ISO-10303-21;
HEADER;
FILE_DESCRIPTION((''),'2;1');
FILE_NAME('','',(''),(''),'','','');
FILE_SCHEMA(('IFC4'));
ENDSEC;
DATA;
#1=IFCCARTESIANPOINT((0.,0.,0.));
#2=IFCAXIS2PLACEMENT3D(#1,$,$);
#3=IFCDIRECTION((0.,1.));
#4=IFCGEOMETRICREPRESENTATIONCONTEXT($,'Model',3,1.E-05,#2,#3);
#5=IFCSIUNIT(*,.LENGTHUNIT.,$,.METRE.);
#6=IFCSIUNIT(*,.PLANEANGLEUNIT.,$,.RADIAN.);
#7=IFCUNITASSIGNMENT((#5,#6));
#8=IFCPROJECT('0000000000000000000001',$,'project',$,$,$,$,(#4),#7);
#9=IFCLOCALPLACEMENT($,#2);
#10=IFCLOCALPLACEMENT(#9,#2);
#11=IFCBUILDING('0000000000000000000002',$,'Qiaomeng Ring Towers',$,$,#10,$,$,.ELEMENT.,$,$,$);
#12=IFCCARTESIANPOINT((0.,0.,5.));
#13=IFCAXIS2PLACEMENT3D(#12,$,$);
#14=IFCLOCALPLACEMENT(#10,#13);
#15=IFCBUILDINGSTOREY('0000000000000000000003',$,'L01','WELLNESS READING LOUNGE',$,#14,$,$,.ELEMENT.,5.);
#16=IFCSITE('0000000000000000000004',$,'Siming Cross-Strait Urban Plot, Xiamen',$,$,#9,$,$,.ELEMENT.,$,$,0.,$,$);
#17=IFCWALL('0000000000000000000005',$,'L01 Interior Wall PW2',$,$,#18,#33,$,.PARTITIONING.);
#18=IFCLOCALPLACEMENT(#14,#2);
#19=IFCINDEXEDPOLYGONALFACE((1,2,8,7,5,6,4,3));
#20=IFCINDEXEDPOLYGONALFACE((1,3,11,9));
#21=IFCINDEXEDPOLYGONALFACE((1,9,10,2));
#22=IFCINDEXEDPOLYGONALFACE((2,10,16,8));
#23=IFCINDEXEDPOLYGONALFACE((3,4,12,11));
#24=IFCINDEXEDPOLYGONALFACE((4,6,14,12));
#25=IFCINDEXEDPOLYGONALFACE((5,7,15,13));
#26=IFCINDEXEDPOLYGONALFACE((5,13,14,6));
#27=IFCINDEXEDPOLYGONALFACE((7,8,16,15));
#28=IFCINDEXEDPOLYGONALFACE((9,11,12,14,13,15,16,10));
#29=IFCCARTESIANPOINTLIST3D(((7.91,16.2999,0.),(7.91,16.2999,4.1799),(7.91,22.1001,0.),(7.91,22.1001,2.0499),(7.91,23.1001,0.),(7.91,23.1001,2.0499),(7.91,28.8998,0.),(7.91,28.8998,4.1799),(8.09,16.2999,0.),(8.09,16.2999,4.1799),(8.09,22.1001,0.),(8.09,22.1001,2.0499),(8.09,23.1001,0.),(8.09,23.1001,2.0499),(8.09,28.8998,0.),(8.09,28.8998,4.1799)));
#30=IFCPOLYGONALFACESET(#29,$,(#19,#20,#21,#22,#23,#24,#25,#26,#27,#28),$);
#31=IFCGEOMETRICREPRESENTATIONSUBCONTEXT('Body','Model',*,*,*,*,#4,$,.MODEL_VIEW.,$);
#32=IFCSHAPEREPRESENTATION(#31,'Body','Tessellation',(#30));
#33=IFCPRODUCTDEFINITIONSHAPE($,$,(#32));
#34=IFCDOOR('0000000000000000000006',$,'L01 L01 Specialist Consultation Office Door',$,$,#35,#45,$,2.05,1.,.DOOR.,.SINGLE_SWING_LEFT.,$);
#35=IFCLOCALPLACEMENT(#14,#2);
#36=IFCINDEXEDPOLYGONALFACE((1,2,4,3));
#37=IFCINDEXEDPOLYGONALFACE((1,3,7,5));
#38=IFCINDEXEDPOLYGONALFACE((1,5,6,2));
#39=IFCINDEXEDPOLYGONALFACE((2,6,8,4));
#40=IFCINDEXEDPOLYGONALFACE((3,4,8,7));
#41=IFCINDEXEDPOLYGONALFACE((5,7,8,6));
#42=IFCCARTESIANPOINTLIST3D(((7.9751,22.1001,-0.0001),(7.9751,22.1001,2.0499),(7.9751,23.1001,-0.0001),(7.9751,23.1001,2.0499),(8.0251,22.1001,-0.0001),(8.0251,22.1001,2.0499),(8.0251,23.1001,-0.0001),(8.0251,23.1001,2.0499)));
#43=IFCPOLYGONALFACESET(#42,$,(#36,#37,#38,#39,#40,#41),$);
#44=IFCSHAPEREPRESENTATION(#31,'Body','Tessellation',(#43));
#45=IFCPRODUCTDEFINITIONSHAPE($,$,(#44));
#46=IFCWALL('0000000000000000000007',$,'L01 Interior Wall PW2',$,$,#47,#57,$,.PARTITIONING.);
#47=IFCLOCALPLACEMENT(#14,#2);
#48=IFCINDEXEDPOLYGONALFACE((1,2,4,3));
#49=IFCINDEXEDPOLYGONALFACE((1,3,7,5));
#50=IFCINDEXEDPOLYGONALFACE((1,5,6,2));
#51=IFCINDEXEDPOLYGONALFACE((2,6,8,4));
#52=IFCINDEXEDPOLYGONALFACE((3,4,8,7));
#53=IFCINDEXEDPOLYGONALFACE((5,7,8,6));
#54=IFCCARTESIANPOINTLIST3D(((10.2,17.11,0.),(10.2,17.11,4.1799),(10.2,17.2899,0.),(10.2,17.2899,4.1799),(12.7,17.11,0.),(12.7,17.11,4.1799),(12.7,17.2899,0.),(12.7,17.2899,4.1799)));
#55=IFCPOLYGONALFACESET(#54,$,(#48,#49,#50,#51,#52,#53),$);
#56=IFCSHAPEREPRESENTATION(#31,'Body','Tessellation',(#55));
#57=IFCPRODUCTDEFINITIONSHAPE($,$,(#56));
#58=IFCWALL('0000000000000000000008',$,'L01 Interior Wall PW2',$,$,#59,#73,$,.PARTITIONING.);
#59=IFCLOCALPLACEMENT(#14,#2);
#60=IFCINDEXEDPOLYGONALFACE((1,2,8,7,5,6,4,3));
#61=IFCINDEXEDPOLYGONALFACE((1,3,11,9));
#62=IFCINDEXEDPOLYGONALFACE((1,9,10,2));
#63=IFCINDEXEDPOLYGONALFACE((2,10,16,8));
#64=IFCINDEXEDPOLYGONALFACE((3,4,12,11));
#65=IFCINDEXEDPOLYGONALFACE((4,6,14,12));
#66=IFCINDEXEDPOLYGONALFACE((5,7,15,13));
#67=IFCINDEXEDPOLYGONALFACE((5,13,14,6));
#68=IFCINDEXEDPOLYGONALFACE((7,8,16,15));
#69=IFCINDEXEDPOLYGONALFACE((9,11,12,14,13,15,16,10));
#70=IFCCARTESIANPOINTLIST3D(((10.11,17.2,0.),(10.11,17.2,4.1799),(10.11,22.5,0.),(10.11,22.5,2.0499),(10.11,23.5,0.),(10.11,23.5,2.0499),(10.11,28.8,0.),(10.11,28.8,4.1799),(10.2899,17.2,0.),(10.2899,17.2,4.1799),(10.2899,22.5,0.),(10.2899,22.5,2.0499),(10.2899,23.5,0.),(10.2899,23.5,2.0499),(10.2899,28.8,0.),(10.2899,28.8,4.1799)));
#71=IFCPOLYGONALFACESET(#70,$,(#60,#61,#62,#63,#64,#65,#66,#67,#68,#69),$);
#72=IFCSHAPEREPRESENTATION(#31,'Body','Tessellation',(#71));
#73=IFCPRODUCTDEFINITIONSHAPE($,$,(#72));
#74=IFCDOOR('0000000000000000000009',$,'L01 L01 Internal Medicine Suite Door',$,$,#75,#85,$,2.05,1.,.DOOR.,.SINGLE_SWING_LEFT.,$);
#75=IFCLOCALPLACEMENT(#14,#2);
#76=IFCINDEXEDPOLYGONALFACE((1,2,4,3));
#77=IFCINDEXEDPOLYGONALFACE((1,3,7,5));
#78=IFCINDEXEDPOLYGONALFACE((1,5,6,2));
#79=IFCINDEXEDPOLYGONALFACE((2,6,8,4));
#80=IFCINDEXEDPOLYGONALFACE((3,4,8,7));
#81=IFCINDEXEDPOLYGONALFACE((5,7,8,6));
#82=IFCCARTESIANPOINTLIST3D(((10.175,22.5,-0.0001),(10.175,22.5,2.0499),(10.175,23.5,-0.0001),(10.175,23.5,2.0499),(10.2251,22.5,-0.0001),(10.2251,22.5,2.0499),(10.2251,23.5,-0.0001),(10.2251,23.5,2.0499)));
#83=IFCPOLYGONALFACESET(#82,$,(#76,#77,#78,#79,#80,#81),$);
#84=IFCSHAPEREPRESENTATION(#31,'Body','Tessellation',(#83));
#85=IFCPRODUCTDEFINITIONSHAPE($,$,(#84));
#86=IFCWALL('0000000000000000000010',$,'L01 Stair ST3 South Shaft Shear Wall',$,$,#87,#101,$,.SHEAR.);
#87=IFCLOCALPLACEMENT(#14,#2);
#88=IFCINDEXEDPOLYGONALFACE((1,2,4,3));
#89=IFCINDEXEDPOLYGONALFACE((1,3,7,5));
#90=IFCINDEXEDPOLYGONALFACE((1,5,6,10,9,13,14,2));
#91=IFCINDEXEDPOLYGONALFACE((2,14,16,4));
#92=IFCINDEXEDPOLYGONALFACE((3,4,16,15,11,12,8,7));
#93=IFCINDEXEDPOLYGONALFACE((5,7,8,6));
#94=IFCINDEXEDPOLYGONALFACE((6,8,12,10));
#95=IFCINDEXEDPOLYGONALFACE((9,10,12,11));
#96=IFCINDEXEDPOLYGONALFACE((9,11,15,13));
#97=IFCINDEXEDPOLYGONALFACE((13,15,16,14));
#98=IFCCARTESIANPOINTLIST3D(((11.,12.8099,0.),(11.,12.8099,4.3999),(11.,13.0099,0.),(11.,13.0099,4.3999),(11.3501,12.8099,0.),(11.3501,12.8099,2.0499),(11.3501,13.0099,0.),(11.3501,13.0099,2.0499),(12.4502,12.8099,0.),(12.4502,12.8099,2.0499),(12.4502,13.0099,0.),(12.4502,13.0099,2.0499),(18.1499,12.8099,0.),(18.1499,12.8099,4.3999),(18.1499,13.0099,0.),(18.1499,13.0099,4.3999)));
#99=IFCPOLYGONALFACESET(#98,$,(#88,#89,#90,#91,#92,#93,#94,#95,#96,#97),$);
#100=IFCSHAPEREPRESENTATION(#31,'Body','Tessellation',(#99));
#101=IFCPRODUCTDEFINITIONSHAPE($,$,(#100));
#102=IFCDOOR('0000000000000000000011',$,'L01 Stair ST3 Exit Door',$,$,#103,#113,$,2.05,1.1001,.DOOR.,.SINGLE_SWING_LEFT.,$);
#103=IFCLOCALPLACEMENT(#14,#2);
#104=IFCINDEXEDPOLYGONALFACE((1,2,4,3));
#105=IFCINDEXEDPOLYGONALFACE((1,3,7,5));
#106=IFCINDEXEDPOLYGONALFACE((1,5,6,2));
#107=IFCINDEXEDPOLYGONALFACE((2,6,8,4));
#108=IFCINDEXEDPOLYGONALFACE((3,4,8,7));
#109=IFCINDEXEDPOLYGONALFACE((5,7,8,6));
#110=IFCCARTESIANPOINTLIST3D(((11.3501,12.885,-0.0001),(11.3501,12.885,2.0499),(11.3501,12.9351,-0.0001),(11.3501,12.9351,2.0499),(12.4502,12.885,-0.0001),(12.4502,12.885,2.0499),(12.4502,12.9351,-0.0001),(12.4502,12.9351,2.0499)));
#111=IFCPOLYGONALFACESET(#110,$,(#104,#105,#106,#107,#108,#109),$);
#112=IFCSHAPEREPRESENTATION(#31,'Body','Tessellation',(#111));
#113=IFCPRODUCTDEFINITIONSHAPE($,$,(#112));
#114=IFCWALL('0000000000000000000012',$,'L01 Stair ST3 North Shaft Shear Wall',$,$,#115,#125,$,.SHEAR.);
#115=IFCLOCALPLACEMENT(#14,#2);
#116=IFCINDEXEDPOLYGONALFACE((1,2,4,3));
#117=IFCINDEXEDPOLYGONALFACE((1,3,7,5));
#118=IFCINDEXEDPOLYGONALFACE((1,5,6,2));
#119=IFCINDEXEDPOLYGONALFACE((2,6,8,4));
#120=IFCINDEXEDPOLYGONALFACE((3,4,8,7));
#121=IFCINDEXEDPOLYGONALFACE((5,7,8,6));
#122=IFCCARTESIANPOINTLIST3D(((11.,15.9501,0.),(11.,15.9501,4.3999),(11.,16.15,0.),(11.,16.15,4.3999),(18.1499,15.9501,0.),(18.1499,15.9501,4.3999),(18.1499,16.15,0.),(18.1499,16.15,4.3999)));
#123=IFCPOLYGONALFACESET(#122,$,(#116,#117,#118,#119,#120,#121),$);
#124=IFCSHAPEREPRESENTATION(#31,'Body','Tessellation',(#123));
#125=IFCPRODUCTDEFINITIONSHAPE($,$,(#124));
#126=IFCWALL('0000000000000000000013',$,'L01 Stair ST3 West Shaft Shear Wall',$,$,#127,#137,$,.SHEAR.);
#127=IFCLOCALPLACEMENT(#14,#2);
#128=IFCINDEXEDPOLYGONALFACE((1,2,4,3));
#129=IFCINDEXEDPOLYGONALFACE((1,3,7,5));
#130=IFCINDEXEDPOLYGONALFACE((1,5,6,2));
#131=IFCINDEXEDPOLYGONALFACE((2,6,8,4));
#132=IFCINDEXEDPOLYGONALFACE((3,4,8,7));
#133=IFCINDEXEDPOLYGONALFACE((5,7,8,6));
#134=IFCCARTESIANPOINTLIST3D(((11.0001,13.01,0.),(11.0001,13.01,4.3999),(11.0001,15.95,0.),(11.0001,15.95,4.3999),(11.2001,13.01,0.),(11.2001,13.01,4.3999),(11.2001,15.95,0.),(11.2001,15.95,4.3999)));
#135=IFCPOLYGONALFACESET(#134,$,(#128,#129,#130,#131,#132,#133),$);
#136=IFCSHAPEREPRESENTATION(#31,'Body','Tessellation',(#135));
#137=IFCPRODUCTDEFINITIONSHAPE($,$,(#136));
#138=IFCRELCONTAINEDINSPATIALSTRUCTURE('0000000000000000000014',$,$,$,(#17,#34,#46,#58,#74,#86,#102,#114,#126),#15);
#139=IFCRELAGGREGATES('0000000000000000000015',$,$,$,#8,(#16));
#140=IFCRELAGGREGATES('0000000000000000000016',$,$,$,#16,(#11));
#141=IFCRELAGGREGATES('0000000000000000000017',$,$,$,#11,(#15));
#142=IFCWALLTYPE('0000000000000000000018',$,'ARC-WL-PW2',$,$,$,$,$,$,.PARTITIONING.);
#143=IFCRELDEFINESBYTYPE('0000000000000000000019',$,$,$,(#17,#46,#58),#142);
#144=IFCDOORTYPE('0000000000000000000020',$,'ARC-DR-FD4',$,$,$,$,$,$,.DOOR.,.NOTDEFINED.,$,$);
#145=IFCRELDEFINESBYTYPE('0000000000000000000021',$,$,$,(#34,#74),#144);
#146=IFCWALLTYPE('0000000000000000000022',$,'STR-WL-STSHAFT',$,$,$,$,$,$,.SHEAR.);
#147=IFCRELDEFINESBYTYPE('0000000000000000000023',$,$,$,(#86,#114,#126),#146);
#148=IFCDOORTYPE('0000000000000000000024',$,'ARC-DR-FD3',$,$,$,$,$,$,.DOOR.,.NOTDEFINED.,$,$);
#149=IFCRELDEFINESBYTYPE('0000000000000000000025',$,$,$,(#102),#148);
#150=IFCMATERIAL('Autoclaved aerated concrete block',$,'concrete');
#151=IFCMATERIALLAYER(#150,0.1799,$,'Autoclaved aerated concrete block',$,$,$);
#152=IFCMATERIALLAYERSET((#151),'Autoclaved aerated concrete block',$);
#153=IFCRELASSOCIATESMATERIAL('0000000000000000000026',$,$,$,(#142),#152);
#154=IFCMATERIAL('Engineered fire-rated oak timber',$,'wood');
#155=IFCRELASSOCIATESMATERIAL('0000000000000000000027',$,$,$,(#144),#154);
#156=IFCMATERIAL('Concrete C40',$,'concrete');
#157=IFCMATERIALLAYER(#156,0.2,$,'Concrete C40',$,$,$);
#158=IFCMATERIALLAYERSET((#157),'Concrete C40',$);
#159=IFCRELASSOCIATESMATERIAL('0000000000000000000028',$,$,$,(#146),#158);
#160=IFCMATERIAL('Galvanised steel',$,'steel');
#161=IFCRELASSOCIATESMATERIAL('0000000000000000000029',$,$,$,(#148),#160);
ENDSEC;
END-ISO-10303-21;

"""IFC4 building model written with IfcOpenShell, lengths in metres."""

from ifc_helpers import new_model, si_unit, direction, frame, frame_2d, origin, place, context, subcontext, project, spatial, rectangle, extrude, source, transform, mapped, material, layer, layer_set, type_object, element, fill, save


model = new_model("IFC4")

# Units and contexts
model_context = context("Model", 3, precision=1e-05, world=origin(), true_north=direction((0.0, 1.0)))
body_context = subcontext(model_context, "Body", "Model", "MODEL_VIEW")
ifc_project = project(units=[si_unit("LENGTHUNIT", "METRE"), si_unit("PLANEANGLEUNIT", "RADIAN")], contexts=[model_context])

# Site, building, storey
site_placement = place(None, origin())
site = spatial("IfcSite", under=ifc_project, at=site_placement, Name="Siming Cross-Strait Urban Plot, Xiamen", CompositionType="ELEMENT", RefElevation=0.0)
building_placement = place(site_placement, origin())
building = spatial("IfcBuilding", under=site, at=building_placement, Name="Qiaomeng Ring Towers", CompositionType="ELEMENT")
storey_placement = place(building_placement, frame((0.0, 0.0, 5.0)))
storey = spatial("IfcBuildingStorey", under=building, at=storey_placement, Name="L01", Description="WELLNESS READING LOUNGE", CompositionType="ELEMENT", Elevation=5.0)

# Wall, opening, door
ifc_material_1 = material(Name="Autoclaved aerated concrete block", Category="concrete")
ifc_layer_1 = layer(ifc_material_1, 0.1799, Name="Autoclaved aerated concrete block")
ifc_layer_set_1 = layer_set([ifc_layer_1], Name="Autoclaved aerated concrete block")
wall_type_1 = type_object("IfcWallType", Name="ARC-WL-PW2", PredefinedType="PARTITIONING", material=ifc_layer_set_1)
wall_1_placement = place(storey_placement, frame((8.0, 16.3, 0.0), z_axis=(0.0, 0.0, 1.0), x_axis=(0.0, 1.0, 0.0)))
wall_1 = element("IfcWall", 1, at=wall_1_placement, inside=storey, type_object=wall_type_1, Name="L01 Interior Wall PW2", PredefinedType="PARTITIONING", context=body_context, shape_type="SweptSolid", body=[
    extrude(rectangle(XDim=12.5999, YDim=0.1799, at=frame_2d((6.2998, 0.0))), origin(), (0.0, 0.0, 1.0), 4.1799),
])
opening_1_placement = place(wall_1_placement, frame((5.8, 0.0, 0.0)))
opening_1 = element("IfcOpeningElement", 2, at=opening_1_placement, cuts=wall_1, PredefinedType="OPENING", context=body_context, shape_type="SweptSolid", body=[
    extrude(rectangle(XDim=1.0, YDim=2.05, at=frame_2d((0.5, 1.0249))), frame((0.0, 0.0999, 0.0), z_axis=(0.0, -1.0, 0.0), x_axis=(1.0, 0.0, 0.0)), (0.0, 0.0, 1.0), 0.2),
])
ifc_material_2 = material(Name="Engineered fire-rated oak timber", Category="wood")
door_type_1 = type_object("IfcDoorType", Name="ARC-DR-FD4", OperationType="NOTDEFINED", PredefinedType="DOOR", material=ifc_material_2)
shared_shape_1 = source(origin(), body_context, "Body", "SweptSolid", [
    extrude(rectangle(XDim=1.0, YDim=2.05, at=frame_2d((0.5, 1.0249))), frame((0.0, 0.0249, 0.0), z_axis=(0.0, -1.0, 0.0), x_axis=(1.0, 0.0, 0.0)), (0.0, 0.0, 1.0), 0.05),
])
door_1_placement = place(opening_1_placement, origin())
door_1 = element("IfcDoor", 3, at=door_1_placement, inside=storey, type_object=door_type_1, Name="L01 L01 Specialist Consultation Office Door", OperationType="SINGLE_SWING_LEFT", OverallHeight=2.05, OverallWidth=1.0, PredefinedType="DOOR", context=body_context, shape_type="MappedRepresentation", body=[
    mapped(shared_shape_1, transform((0.0, 0.0, 0.0), x_axis=(1.0, 0.0, 0.0), y_axis=(0.0, 1.0, 0.0), z_axis=(0.0, 0.0, 1.0), scale=1.0)),
])
fill(opening_1, door_1)

# Wall
wall_2_placement = place(storey_placement, frame((10.2, 17.2, 0.0), z_axis=(0.0, 0.0, 1.0), x_axis=(1.0, 0.0, 0.0)))
element("IfcWall", 4, at=wall_2_placement, inside=storey, type_object=wall_type_1, Name="L01 Interior Wall PW2", PredefinedType="PARTITIONING", context=body_context, shape_type="SweptSolid", body=[
    extrude(rectangle(XDim=2.5, YDim=0.1799, at=frame_2d((1.25, 0.0))), origin(), (0.0, 0.0, 1.0), 4.1799),
])

# Walls, openings, doors
wall_3_placement = place(storey_placement, frame((10.2, 17.2, 0.0), z_axis=(0.0, 0.0, 1.0), x_axis=(0.0, 1.0, 0.0)))
wall_3 = element("IfcWall", 5, at=wall_3_placement, inside=storey, type_object=wall_type_1, Name="L01 Interior Wall PW2", PredefinedType="PARTITIONING", context=body_context, shape_type="SweptSolid", body=[
    extrude(rectangle(XDim=11.6001, YDim=0.1799, at=frame_2d((5.8, 0.0))), origin(), (0.0, 0.0, 1.0), 4.1799),
])
opening_2_placement = place(wall_3_placement, frame((5.3, 0.0, 0.0)))
opening_2 = element("IfcOpeningElement", 6, at=opening_2_placement, cuts=wall_3, PredefinedType="OPENING", context=body_context, shape_type="SweptSolid", body=[
    extrude(rectangle(XDim=1.0, YDim=2.05, at=frame_2d((0.5, 1.0249))), frame((0.0, 0.0999, 0.0), z_axis=(0.0, -1.0, 0.0), x_axis=(1.0, 0.0, 0.0)), (0.0, 0.0, 1.0), 0.2),
])
door_2_placement = place(opening_2_placement, origin())
door_2 = element("IfcDoor", 7, at=door_2_placement, inside=storey, type_object=door_type_1, Name="L01 L01 Internal Medicine Suite Door", OperationType="SINGLE_SWING_LEFT", OverallHeight=2.05, OverallWidth=1.0, PredefinedType="DOOR", context=body_context, shape_type="MappedRepresentation", body=[
    mapped(shared_shape_1, transform((0.0, 0.0, 0.0), x_axis=(1.0, 0.0, 0.0), y_axis=(0.0, 1.0, 0.0), z_axis=(0.0, 0.0, 1.0), scale=1.0)),
])
fill(opening_2, door_2)
ifc_material_3 = material(Name="Concrete C40", Category="concrete")
ifc_layer_2 = layer(ifc_material_3, 0.2, Name="Concrete C40")
ifc_layer_set_2 = layer_set([ifc_layer_2], Name="Concrete C40")
wall_type_2 = type_object("IfcWallType", Name="STR-WL-STSHAFT", PredefinedType="SHEAR", material=ifc_layer_set_2)
wall_4_placement = place(storey_placement, frame((11.0, 12.9099, 0.0), z_axis=(0.0, 0.0, 1.0), x_axis=(1.0, 0.0, 0.0)))
wall_4 = element("IfcWall", 8, at=wall_4_placement, inside=storey, type_object=wall_type_2, Name="L01 Stair ST3 South Shaft Shear Wall", PredefinedType="SHEAR", context=body_context, shape_type="SweptSolid", body=[
    extrude(rectangle(XDim=7.1499, YDim=0.2, at=frame_2d((3.575, 0.0))), origin(), (0.0, 0.0, 1.0), 4.3999),
])
opening_3_placement = place(wall_4_placement, frame((0.3501, 0.0, 0.0)))
opening_3 = element("IfcOpeningElement", 9, at=opening_3_placement, cuts=wall_4, PredefinedType="OPENING", context=body_context, shape_type="SweptSolid", body=[
    extrude(rectangle(XDim=1.1001, YDim=2.05, at=frame_2d((0.55, 1.0249))), frame((0.0, 0.1099, 0.0), z_axis=(0.0, -1.0, 0.0), x_axis=(1.0, 0.0, 0.0)), (0.0, 0.0, 1.0), 0.22),
])
ifc_material_4 = material(Name="Galvanised steel", Category="steel")
door_type_2 = type_object("IfcDoorType", Name="ARC-DR-FD3", OperationType="NOTDEFINED", PredefinedType="DOOR", material=ifc_material_4)
shared_shape_2 = source(origin(), body_context, "Body", "SweptSolid", [
    extrude(rectangle(XDim=1.1001, YDim=2.05, at=frame_2d((0.55, 1.0249))), frame((0.0, 0.0249, 0.0), z_axis=(0.0, -1.0, 0.0), x_axis=(1.0, 0.0, 0.0)), (0.0, 0.0, 1.0), 0.05),
])
door_3_placement = place(opening_3_placement, frame((1.1001, 0.0, 0.0), z_axis=(0.0, 0.0, 1.0), x_axis=(-1.0, 0.0, 0.0)))
door_3 = element("IfcDoor", 10, at=door_3_placement, inside=storey, type_object=door_type_2, Name="L01 Stair ST3 Exit Door", OperationType="SINGLE_SWING_LEFT", OverallHeight=2.05, OverallWidth=1.1001, PredefinedType="DOOR", context=body_context, shape_type="MappedRepresentation", body=[
    mapped(shared_shape_2, transform((0.0, 0.0, 0.0), x_axis=(1.0, 0.0, 0.0), y_axis=(0.0, 1.0, 0.0), z_axis=(0.0, 0.0, 1.0), scale=1.0)),
])
fill(opening_3, door_3)

# Walls
wall_5_placement = place(storey_placement, frame((11.0, 16.05, 0.0), z_axis=(0.0, 0.0, 1.0), x_axis=(1.0, 0.0, 0.0)))
element("IfcWall", 11, at=wall_5_placement, inside=storey, type_object=wall_type_2, Name="L01 Stair ST3 North Shaft Shear Wall", PredefinedType="SHEAR", context=body_context, shape_type="SweptSolid", body=[
    extrude(rectangle(XDim=7.1499, YDim=0.2, at=frame_2d((3.575, 0.0))), origin(), (0.0, 0.0, 1.0), 4.3999),
])
wall_6_placement = place(storey_placement, frame((11.1001, 13.01, 0.0), z_axis=(0.0, 0.0, 1.0), x_axis=(0.0, 1.0, 0.0)))
element("IfcWall", 12, at=wall_6_placement, inside=storey, type_object=wall_type_2, Name="L01 Stair ST3 West Shaft Shear Wall", PredefinedType="SHEAR", context=body_context, shape_type="SweptSolid", body=[
    extrude(rectangle(XDim=2.9399, YDim=0.2, at=frame_2d((1.47, 0.0))), origin(), (0.0, 0.0, 1.0), 4.3999),
])

save(model, "model.ifc")
